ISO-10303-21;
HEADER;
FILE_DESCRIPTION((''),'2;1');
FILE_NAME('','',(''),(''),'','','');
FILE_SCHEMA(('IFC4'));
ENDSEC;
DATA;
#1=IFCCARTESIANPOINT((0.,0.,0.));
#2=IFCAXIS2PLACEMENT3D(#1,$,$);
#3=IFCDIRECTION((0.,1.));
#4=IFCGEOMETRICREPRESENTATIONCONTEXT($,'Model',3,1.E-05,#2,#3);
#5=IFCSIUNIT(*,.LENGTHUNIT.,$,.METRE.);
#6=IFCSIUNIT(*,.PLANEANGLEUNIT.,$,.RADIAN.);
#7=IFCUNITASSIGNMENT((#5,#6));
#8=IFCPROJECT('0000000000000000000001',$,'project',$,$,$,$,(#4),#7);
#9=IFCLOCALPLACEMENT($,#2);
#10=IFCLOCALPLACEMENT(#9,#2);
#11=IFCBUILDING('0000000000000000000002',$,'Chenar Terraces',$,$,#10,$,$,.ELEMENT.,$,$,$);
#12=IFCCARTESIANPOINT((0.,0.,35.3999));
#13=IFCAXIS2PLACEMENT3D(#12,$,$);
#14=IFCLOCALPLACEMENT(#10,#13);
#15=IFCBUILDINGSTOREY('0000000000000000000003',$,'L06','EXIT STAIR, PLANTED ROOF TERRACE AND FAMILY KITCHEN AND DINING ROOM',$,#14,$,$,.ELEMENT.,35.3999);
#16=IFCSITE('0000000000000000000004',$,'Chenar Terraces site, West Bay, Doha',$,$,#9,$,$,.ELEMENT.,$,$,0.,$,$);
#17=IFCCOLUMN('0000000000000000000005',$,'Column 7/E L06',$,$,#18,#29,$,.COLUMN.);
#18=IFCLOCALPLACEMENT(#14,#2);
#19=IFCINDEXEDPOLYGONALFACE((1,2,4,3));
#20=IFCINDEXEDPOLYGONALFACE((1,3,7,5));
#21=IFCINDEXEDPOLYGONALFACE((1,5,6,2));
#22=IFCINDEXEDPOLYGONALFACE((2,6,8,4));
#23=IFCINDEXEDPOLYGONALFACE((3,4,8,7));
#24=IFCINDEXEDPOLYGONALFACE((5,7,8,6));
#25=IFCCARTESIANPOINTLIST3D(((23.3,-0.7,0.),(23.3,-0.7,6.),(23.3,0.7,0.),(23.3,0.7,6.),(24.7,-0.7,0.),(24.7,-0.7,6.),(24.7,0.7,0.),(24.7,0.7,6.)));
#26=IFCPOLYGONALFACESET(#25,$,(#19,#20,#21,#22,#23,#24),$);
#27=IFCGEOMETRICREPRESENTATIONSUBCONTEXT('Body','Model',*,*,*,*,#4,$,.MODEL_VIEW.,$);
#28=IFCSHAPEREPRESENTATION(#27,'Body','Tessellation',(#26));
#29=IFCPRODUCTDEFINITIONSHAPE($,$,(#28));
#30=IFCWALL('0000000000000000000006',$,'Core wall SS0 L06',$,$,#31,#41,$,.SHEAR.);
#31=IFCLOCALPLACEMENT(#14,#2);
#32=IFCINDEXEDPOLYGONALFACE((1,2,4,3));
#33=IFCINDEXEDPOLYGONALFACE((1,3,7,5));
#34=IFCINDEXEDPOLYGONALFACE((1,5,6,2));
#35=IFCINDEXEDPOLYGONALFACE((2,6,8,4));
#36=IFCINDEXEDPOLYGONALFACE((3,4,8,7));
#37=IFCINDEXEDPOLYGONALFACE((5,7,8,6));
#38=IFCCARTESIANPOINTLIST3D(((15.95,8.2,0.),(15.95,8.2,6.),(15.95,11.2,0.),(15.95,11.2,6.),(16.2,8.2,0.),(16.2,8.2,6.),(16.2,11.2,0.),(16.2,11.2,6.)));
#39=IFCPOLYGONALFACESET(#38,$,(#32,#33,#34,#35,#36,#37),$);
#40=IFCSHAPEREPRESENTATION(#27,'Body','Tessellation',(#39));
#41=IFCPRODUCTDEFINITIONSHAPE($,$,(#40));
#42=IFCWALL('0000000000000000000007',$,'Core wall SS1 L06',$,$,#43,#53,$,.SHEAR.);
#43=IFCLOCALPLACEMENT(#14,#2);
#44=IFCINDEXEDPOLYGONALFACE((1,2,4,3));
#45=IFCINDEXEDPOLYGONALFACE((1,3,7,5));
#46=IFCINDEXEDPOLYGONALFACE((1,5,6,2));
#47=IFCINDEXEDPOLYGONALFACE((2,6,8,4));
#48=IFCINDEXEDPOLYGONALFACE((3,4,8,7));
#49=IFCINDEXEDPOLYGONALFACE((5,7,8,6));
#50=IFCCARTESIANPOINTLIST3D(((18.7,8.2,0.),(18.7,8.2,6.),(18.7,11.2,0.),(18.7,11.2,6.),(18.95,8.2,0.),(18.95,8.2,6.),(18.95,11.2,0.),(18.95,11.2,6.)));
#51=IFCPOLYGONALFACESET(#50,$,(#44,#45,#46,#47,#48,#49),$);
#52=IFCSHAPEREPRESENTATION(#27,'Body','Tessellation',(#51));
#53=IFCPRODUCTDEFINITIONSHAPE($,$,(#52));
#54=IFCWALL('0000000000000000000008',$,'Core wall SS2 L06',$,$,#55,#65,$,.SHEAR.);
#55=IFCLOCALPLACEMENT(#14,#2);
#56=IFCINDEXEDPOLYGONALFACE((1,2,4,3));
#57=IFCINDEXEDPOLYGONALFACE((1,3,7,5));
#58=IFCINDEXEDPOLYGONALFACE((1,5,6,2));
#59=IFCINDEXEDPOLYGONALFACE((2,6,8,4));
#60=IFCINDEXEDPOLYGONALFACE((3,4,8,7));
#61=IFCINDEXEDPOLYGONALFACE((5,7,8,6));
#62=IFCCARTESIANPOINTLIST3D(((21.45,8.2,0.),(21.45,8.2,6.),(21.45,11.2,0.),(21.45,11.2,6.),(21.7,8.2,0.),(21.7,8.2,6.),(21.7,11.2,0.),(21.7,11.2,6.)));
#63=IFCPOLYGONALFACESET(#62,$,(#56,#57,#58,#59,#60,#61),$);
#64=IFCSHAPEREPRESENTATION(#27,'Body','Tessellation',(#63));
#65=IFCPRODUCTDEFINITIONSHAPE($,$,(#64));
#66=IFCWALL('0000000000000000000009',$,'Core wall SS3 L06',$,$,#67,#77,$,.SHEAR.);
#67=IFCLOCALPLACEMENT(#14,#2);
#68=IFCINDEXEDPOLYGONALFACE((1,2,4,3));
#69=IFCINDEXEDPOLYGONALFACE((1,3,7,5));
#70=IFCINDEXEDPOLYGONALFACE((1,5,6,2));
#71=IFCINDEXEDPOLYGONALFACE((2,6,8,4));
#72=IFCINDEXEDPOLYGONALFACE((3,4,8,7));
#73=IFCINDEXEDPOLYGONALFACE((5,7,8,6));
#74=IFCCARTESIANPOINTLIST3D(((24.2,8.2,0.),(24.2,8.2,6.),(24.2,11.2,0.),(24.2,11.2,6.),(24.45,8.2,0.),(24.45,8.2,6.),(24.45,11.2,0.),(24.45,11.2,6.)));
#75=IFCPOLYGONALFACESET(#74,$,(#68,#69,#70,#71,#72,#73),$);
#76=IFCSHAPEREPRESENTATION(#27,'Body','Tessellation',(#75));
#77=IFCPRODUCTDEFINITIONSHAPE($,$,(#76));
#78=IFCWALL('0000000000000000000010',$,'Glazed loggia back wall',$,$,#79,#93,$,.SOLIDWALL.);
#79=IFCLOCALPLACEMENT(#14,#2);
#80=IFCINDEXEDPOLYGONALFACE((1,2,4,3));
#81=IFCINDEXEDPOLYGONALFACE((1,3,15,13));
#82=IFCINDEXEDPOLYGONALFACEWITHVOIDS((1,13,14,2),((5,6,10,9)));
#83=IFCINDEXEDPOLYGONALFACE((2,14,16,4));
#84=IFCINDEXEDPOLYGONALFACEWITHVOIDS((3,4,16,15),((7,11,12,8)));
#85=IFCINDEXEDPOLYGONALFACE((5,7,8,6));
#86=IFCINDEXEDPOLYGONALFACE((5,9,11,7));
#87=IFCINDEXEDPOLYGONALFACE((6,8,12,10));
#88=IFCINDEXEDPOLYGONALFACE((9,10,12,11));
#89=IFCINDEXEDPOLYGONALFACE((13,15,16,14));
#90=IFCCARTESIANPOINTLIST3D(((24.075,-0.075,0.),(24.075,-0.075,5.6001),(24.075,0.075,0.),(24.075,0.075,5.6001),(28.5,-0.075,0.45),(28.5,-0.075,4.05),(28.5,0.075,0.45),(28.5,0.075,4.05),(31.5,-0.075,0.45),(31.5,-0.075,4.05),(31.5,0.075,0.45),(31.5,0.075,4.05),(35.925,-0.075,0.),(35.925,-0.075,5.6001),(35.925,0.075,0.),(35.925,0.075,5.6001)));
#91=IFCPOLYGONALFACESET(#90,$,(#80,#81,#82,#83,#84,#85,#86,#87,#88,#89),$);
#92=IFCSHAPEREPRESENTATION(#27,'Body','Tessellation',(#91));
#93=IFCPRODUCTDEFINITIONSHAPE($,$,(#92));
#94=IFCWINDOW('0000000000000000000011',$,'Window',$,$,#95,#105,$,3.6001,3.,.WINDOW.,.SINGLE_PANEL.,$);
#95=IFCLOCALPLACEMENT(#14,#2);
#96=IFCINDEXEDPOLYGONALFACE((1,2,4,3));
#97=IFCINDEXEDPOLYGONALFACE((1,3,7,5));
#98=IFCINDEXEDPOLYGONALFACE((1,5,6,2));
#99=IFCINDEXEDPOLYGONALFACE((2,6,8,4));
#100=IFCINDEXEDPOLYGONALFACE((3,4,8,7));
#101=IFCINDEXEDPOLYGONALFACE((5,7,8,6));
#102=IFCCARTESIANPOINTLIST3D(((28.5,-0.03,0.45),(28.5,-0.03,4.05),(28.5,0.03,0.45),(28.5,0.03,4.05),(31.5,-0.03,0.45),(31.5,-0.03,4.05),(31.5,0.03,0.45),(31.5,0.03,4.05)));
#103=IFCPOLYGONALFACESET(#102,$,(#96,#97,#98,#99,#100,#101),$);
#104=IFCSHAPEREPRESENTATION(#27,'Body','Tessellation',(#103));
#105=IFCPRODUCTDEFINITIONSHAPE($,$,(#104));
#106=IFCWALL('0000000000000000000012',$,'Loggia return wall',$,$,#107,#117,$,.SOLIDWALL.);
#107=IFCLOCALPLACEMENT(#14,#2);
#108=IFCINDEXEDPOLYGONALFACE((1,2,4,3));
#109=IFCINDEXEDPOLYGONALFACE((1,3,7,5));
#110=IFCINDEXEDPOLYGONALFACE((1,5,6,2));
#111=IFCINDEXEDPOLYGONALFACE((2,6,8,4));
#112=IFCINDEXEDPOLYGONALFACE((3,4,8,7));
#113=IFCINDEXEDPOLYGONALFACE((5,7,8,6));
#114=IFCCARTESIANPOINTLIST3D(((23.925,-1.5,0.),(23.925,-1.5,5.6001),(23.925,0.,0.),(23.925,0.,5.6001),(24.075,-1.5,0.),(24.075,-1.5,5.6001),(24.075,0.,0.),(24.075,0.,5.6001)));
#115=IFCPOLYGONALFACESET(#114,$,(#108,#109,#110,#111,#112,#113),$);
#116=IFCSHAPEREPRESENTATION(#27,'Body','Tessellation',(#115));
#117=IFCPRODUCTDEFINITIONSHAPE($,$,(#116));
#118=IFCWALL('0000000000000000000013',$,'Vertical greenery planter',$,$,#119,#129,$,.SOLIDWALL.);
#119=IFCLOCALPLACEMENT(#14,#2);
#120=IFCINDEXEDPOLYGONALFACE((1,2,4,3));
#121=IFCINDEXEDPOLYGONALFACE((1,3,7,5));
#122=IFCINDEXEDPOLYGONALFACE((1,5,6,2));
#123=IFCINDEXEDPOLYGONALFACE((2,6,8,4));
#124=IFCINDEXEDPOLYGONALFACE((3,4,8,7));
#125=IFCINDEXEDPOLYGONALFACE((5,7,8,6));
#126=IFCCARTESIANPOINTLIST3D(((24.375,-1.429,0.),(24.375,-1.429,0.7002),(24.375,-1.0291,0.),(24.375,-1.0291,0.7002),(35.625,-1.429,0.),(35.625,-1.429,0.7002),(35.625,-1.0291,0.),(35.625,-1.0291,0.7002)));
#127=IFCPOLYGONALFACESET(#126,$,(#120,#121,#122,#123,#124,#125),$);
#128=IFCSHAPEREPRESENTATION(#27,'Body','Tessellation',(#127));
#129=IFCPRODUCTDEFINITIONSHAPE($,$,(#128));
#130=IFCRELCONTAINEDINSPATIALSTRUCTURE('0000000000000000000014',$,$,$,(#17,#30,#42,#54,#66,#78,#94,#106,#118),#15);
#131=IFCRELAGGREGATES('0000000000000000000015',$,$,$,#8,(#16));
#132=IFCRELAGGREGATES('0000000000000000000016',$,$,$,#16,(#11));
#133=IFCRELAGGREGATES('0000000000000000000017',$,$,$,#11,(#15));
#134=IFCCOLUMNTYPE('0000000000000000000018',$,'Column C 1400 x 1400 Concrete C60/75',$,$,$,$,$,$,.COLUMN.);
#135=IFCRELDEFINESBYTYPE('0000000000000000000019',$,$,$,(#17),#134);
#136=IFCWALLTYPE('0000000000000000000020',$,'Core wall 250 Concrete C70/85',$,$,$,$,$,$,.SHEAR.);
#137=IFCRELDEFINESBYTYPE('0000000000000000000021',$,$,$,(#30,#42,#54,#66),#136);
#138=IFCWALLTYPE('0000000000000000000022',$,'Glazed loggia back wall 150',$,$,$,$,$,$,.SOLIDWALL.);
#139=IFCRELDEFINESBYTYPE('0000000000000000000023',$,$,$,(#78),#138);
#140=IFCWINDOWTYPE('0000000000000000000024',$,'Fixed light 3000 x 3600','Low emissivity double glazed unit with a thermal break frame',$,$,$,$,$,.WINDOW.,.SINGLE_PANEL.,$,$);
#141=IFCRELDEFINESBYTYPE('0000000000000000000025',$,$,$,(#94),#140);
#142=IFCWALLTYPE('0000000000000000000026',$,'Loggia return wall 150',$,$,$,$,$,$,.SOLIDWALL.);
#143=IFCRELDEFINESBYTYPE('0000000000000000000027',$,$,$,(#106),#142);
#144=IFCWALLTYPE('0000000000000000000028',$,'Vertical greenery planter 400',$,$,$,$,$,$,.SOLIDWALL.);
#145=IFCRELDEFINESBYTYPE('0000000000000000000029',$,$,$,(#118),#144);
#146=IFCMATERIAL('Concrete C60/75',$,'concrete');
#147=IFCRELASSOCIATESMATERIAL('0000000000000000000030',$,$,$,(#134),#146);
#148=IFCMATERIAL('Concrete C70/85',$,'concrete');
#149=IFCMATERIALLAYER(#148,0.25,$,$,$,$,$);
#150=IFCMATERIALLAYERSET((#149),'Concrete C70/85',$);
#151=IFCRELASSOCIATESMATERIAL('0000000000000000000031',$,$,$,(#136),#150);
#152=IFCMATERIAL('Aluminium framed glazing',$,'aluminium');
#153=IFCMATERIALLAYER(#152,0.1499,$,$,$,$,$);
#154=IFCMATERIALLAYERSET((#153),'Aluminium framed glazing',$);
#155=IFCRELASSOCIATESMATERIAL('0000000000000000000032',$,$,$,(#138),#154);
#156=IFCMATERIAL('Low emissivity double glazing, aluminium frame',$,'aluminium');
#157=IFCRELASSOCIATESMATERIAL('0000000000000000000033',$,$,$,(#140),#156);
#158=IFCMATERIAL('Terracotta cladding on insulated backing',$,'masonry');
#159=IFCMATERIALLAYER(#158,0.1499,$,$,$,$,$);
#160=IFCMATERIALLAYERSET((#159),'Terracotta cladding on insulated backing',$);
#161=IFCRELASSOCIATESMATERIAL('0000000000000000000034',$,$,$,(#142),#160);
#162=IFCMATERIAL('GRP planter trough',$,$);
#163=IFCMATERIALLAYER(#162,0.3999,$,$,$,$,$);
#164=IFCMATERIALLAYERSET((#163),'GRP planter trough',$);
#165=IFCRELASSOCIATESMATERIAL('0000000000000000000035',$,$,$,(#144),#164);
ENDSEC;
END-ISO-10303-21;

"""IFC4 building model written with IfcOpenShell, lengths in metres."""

from ifc_helpers import new_model, si_unit, direction, frame, frame_2d, origin, origin_2d, place, context, subcontext, project, spatial, rectangle, extrude, material, layer, layer_set, material_profile, profile_set, type_object, element, fill, save


model = new_model("IFC4")

# Units and contexts
model_context = context("Model", 3, precision=1e-05, world=origin(), true_north=direction((0.0, 1.0)))
body_context = subcontext(model_context, "Body", "Model", "MODEL_VIEW")
ifc_project = project(units=[si_unit("LENGTHUNIT", "METRE"), si_unit("PLANEANGLEUNIT", "RADIAN")], contexts=[model_context])

# Site, building, storey
site_placement = place(None, origin())
site = spatial("IfcSite", under=ifc_project, at=site_placement, Name="Chenar Terraces site, West Bay, Doha", CompositionType="ELEMENT", RefElevation=0.0)
building_placement = place(site_placement, origin())
building = spatial("IfcBuilding", under=site, at=building_placement, Name="Chenar Terraces", CompositionType="ELEMENT")
storey_placement = place(building_placement, frame((0.0, 0.0, 35.3999)))
storey = spatial("IfcBuildingStorey", under=building, at=storey_placement, Name="L06", Description="EXIT STAIR, PLANTED ROOF TERRACE AND FAMILY KITCHEN AND DINING ROOM", CompositionType="ELEMENT", Elevation=35.3999)

# Column
ifc_material_1 = material(Name="Concrete C60/75", Category="concrete")
ifc_material_profile_1 = material_profile(ifc_material_1, rectangle(XDim=1.3999, YDim=1.3999, at=origin_2d()), Name="C 1400 x 1400")
ifc_profile_set_1 = profile_set([ifc_material_profile_1], Name="Concrete C60/75")
column_type = type_object("IfcColumnType", Name="Column C 1400 x 1400 Concrete C60/75", PredefinedType="COLUMN", material=ifc_profile_set_1)
column_placement = place(storey_placement, frame((24.0, 0.0, 0.0), z_axis=(0.0, 0.0, 1.0), x_axis=(1.0, 0.0, 0.0)))
element("IfcColumn", 1, at=column_placement, inside=storey, type_object=column_type, Name="Column 7/E L06", PredefinedType="COLUMN", context=body_context, shape_type="SweptSolid", body=[
    extrude(rectangle(XDim=1.3999, YDim=1.3999, at=origin_2d()), origin(), (0.0, 0.0, 1.0), 6.0),
])

# Walls
ifc_material_2 = material(Name="Concrete C70/85", Category="concrete")
ifc_layer_1 = layer(ifc_material_2, 0.25)
ifc_layer_set_1 = layer_set([ifc_layer_1], Name="Concrete C70/85")
wall_type_1 = type_object("IfcWallType", Name="Core wall 250 Concrete C70/85", PredefinedType="SHEAR", material=ifc_layer_set_1)
for number, where, z_axis, x_axis, name in (
    (2, (16.075, 8.2, 0.0), (0.0, 0.0, 1.0), (0.0, 1.0, 0.0), "Core wall SS0 L06"),
    (3, (18.825, 8.2, 0.0), (0.0, 0.0, 1.0), (0.0, 1.0, 0.0), "Core wall SS1 L06"),
    (4, (21.575, 8.2, 0.0), (0.0, 0.0, 1.0), (0.0, 1.0, 0.0), "Core wall SS2 L06"),
    (5, (24.325, 8.2, 0.0), (0.0, 0.0, 1.0), (0.0, 1.0, 0.0), "Core wall SS3 L06"),
):
    element("IfcWall", number, at=place(storey_placement, frame(where, z_axis=z_axis, x_axis=x_axis)), inside=storey, type_object=wall_type_1, Name=name, PredefinedType="SHEAR", context=body_context, shape_type="SweptSolid", body=[
        extrude(rectangle(XDim=3.0, YDim=0.25, at=frame_2d((1.5, 0.0))), origin(), (0.0, 0.0, 1.0), 6.0),
    ])

# Wall, opening, window
ifc_material_3 = material(Name="Aluminium framed glazing", Category="aluminium")
ifc_layer_2 = layer(ifc_material_3, 0.1499)
ifc_layer_set_2 = layer_set([ifc_layer_2], Name="Aluminium framed glazing")
wall_type_2 = type_object("IfcWallType", Name="Glazed loggia back wall 150", PredefinedType="SOLIDWALL", material=ifc_layer_set_2)
wall_1_placement = place(storey_placement, frame((24.075, 0.0, 0.0), z_axis=(0.0, 0.0, 1.0), x_axis=(1.0, 0.0, 0.0)))
wall_1 = element("IfcWall", 6, at=wall_1_placement, inside=storey, type_object=wall_type_2, Name="Glazed loggia back wall", PredefinedType="SOLIDWALL", context=body_context, shape_type="SweptSolid", body=[
    extrude(rectangle(XDim=11.8501, YDim=0.1499, at=frame_2d((5.925, 0.0))), origin(), (0.0, 0.0, 1.0), 5.6001),
])
opening_1_placement = place(wall_1_placement, frame((4.425, 0.0, 0.45)))
opening_1 = element("IfcOpeningElement", 7, at=opening_1_placement, cuts=wall_1, PredefinedType="OPENING", context=body_context, shape_type="SweptSolid", body=[
    extrude(rectangle(XDim=3.0, YDim=3.6001, at=frame_2d((1.5, 1.8))), frame((0.0, 0.085, 0.0), z_axis=(0.0, -1.0, 0.0), x_axis=(1.0, 0.0, 0.0)), (0.0, 0.0, 1.0), 0.1699),
])
ifc_material_4 = material(Name="Low emissivity double glazing, aluminium frame", Category="aluminium")
window_type = type_object("IfcWindowType", Name="Fixed light 3000 x 3600", Description="Low emissivity double glazed unit with a thermal break frame", PartitioningType="SINGLE_PANEL", PredefinedType="WINDOW", material=ifc_material_4)
window_placement = place(opening_1_placement, origin())
window = element("IfcWindow", 8, at=window_placement, inside=storey, type_object=window_type, Name="Window", OverallHeight=3.6001, OverallWidth=3.0, PartitioningType="SINGLE_PANEL", PredefinedType="WINDOW", context=body_context, shape_type="SweptSolid", body=[
    extrude(rectangle(XDim=3.0, YDim=3.6001, at=frame_2d((1.5, 1.8))), frame((0.0, 0.03, 0.0), z_axis=(0.0, -1.0, 0.0), x_axis=(1.0, 0.0, 0.0)), (0.0, 0.0, 1.0), 0.0601),
])
fill(opening_1, window)

# Walls
ifc_material_5 = material(Name="Terracotta cladding on insulated backing", Category="masonry")
ifc_layer_3 = layer(ifc_material_5, 0.1499)
ifc_layer_set_3 = layer_set([ifc_layer_3], Name="Terracotta cladding on insulated backing")
wall_type_3 = type_object("IfcWallType", Name="Loggia return wall 150", PredefinedType="SOLIDWALL", material=ifc_layer_set_3)
wall_2_placement = place(storey_placement, frame((24.0, -1.5, 0.0), z_axis=(0.0, 0.0, 1.0), x_axis=(0.0, 1.0, 0.0)))
element("IfcWall", 9, at=wall_2_placement, inside=storey, type_object=wall_type_3, Name="Loggia return wall", PredefinedType="SOLIDWALL", context=body_context, shape_type="SweptSolid", body=[
    extrude(rectangle(XDim=1.5, YDim=0.1499, at=frame_2d((0.75, 0.0))), origin(), (0.0, 0.0, 1.0), 5.6001),
])
ifc_material_6 = material(Name="GRP planter trough")
ifc_layer_4 = layer(ifc_material_6, 0.3999)
ifc_layer_set_4 = layer_set([ifc_layer_4], Name="GRP planter trough")
wall_type_4 = type_object("IfcWallType", Name="Vertical greenery planter 400", PredefinedType="SOLIDWALL", material=ifc_layer_set_4)
wall_3_placement = place(storey_placement, frame((24.375, -1.229, 0.0), z_axis=(0.0, 0.0, 1.0), x_axis=(1.0, 0.0, 0.0)))
element("IfcWall", 10, at=wall_3_placement, inside=storey, type_object=wall_type_4, Name="Vertical greenery planter", PredefinedType="SOLIDWALL", context=body_context, shape_type="SweptSolid", body=[
    extrude(rectangle(XDim=11.25, YDim=0.3999, at=frame_2d((5.625, 0.0))), origin(), (0.0, 0.0, 1.0), 0.7002),
])

save(model, "model.ifc")
